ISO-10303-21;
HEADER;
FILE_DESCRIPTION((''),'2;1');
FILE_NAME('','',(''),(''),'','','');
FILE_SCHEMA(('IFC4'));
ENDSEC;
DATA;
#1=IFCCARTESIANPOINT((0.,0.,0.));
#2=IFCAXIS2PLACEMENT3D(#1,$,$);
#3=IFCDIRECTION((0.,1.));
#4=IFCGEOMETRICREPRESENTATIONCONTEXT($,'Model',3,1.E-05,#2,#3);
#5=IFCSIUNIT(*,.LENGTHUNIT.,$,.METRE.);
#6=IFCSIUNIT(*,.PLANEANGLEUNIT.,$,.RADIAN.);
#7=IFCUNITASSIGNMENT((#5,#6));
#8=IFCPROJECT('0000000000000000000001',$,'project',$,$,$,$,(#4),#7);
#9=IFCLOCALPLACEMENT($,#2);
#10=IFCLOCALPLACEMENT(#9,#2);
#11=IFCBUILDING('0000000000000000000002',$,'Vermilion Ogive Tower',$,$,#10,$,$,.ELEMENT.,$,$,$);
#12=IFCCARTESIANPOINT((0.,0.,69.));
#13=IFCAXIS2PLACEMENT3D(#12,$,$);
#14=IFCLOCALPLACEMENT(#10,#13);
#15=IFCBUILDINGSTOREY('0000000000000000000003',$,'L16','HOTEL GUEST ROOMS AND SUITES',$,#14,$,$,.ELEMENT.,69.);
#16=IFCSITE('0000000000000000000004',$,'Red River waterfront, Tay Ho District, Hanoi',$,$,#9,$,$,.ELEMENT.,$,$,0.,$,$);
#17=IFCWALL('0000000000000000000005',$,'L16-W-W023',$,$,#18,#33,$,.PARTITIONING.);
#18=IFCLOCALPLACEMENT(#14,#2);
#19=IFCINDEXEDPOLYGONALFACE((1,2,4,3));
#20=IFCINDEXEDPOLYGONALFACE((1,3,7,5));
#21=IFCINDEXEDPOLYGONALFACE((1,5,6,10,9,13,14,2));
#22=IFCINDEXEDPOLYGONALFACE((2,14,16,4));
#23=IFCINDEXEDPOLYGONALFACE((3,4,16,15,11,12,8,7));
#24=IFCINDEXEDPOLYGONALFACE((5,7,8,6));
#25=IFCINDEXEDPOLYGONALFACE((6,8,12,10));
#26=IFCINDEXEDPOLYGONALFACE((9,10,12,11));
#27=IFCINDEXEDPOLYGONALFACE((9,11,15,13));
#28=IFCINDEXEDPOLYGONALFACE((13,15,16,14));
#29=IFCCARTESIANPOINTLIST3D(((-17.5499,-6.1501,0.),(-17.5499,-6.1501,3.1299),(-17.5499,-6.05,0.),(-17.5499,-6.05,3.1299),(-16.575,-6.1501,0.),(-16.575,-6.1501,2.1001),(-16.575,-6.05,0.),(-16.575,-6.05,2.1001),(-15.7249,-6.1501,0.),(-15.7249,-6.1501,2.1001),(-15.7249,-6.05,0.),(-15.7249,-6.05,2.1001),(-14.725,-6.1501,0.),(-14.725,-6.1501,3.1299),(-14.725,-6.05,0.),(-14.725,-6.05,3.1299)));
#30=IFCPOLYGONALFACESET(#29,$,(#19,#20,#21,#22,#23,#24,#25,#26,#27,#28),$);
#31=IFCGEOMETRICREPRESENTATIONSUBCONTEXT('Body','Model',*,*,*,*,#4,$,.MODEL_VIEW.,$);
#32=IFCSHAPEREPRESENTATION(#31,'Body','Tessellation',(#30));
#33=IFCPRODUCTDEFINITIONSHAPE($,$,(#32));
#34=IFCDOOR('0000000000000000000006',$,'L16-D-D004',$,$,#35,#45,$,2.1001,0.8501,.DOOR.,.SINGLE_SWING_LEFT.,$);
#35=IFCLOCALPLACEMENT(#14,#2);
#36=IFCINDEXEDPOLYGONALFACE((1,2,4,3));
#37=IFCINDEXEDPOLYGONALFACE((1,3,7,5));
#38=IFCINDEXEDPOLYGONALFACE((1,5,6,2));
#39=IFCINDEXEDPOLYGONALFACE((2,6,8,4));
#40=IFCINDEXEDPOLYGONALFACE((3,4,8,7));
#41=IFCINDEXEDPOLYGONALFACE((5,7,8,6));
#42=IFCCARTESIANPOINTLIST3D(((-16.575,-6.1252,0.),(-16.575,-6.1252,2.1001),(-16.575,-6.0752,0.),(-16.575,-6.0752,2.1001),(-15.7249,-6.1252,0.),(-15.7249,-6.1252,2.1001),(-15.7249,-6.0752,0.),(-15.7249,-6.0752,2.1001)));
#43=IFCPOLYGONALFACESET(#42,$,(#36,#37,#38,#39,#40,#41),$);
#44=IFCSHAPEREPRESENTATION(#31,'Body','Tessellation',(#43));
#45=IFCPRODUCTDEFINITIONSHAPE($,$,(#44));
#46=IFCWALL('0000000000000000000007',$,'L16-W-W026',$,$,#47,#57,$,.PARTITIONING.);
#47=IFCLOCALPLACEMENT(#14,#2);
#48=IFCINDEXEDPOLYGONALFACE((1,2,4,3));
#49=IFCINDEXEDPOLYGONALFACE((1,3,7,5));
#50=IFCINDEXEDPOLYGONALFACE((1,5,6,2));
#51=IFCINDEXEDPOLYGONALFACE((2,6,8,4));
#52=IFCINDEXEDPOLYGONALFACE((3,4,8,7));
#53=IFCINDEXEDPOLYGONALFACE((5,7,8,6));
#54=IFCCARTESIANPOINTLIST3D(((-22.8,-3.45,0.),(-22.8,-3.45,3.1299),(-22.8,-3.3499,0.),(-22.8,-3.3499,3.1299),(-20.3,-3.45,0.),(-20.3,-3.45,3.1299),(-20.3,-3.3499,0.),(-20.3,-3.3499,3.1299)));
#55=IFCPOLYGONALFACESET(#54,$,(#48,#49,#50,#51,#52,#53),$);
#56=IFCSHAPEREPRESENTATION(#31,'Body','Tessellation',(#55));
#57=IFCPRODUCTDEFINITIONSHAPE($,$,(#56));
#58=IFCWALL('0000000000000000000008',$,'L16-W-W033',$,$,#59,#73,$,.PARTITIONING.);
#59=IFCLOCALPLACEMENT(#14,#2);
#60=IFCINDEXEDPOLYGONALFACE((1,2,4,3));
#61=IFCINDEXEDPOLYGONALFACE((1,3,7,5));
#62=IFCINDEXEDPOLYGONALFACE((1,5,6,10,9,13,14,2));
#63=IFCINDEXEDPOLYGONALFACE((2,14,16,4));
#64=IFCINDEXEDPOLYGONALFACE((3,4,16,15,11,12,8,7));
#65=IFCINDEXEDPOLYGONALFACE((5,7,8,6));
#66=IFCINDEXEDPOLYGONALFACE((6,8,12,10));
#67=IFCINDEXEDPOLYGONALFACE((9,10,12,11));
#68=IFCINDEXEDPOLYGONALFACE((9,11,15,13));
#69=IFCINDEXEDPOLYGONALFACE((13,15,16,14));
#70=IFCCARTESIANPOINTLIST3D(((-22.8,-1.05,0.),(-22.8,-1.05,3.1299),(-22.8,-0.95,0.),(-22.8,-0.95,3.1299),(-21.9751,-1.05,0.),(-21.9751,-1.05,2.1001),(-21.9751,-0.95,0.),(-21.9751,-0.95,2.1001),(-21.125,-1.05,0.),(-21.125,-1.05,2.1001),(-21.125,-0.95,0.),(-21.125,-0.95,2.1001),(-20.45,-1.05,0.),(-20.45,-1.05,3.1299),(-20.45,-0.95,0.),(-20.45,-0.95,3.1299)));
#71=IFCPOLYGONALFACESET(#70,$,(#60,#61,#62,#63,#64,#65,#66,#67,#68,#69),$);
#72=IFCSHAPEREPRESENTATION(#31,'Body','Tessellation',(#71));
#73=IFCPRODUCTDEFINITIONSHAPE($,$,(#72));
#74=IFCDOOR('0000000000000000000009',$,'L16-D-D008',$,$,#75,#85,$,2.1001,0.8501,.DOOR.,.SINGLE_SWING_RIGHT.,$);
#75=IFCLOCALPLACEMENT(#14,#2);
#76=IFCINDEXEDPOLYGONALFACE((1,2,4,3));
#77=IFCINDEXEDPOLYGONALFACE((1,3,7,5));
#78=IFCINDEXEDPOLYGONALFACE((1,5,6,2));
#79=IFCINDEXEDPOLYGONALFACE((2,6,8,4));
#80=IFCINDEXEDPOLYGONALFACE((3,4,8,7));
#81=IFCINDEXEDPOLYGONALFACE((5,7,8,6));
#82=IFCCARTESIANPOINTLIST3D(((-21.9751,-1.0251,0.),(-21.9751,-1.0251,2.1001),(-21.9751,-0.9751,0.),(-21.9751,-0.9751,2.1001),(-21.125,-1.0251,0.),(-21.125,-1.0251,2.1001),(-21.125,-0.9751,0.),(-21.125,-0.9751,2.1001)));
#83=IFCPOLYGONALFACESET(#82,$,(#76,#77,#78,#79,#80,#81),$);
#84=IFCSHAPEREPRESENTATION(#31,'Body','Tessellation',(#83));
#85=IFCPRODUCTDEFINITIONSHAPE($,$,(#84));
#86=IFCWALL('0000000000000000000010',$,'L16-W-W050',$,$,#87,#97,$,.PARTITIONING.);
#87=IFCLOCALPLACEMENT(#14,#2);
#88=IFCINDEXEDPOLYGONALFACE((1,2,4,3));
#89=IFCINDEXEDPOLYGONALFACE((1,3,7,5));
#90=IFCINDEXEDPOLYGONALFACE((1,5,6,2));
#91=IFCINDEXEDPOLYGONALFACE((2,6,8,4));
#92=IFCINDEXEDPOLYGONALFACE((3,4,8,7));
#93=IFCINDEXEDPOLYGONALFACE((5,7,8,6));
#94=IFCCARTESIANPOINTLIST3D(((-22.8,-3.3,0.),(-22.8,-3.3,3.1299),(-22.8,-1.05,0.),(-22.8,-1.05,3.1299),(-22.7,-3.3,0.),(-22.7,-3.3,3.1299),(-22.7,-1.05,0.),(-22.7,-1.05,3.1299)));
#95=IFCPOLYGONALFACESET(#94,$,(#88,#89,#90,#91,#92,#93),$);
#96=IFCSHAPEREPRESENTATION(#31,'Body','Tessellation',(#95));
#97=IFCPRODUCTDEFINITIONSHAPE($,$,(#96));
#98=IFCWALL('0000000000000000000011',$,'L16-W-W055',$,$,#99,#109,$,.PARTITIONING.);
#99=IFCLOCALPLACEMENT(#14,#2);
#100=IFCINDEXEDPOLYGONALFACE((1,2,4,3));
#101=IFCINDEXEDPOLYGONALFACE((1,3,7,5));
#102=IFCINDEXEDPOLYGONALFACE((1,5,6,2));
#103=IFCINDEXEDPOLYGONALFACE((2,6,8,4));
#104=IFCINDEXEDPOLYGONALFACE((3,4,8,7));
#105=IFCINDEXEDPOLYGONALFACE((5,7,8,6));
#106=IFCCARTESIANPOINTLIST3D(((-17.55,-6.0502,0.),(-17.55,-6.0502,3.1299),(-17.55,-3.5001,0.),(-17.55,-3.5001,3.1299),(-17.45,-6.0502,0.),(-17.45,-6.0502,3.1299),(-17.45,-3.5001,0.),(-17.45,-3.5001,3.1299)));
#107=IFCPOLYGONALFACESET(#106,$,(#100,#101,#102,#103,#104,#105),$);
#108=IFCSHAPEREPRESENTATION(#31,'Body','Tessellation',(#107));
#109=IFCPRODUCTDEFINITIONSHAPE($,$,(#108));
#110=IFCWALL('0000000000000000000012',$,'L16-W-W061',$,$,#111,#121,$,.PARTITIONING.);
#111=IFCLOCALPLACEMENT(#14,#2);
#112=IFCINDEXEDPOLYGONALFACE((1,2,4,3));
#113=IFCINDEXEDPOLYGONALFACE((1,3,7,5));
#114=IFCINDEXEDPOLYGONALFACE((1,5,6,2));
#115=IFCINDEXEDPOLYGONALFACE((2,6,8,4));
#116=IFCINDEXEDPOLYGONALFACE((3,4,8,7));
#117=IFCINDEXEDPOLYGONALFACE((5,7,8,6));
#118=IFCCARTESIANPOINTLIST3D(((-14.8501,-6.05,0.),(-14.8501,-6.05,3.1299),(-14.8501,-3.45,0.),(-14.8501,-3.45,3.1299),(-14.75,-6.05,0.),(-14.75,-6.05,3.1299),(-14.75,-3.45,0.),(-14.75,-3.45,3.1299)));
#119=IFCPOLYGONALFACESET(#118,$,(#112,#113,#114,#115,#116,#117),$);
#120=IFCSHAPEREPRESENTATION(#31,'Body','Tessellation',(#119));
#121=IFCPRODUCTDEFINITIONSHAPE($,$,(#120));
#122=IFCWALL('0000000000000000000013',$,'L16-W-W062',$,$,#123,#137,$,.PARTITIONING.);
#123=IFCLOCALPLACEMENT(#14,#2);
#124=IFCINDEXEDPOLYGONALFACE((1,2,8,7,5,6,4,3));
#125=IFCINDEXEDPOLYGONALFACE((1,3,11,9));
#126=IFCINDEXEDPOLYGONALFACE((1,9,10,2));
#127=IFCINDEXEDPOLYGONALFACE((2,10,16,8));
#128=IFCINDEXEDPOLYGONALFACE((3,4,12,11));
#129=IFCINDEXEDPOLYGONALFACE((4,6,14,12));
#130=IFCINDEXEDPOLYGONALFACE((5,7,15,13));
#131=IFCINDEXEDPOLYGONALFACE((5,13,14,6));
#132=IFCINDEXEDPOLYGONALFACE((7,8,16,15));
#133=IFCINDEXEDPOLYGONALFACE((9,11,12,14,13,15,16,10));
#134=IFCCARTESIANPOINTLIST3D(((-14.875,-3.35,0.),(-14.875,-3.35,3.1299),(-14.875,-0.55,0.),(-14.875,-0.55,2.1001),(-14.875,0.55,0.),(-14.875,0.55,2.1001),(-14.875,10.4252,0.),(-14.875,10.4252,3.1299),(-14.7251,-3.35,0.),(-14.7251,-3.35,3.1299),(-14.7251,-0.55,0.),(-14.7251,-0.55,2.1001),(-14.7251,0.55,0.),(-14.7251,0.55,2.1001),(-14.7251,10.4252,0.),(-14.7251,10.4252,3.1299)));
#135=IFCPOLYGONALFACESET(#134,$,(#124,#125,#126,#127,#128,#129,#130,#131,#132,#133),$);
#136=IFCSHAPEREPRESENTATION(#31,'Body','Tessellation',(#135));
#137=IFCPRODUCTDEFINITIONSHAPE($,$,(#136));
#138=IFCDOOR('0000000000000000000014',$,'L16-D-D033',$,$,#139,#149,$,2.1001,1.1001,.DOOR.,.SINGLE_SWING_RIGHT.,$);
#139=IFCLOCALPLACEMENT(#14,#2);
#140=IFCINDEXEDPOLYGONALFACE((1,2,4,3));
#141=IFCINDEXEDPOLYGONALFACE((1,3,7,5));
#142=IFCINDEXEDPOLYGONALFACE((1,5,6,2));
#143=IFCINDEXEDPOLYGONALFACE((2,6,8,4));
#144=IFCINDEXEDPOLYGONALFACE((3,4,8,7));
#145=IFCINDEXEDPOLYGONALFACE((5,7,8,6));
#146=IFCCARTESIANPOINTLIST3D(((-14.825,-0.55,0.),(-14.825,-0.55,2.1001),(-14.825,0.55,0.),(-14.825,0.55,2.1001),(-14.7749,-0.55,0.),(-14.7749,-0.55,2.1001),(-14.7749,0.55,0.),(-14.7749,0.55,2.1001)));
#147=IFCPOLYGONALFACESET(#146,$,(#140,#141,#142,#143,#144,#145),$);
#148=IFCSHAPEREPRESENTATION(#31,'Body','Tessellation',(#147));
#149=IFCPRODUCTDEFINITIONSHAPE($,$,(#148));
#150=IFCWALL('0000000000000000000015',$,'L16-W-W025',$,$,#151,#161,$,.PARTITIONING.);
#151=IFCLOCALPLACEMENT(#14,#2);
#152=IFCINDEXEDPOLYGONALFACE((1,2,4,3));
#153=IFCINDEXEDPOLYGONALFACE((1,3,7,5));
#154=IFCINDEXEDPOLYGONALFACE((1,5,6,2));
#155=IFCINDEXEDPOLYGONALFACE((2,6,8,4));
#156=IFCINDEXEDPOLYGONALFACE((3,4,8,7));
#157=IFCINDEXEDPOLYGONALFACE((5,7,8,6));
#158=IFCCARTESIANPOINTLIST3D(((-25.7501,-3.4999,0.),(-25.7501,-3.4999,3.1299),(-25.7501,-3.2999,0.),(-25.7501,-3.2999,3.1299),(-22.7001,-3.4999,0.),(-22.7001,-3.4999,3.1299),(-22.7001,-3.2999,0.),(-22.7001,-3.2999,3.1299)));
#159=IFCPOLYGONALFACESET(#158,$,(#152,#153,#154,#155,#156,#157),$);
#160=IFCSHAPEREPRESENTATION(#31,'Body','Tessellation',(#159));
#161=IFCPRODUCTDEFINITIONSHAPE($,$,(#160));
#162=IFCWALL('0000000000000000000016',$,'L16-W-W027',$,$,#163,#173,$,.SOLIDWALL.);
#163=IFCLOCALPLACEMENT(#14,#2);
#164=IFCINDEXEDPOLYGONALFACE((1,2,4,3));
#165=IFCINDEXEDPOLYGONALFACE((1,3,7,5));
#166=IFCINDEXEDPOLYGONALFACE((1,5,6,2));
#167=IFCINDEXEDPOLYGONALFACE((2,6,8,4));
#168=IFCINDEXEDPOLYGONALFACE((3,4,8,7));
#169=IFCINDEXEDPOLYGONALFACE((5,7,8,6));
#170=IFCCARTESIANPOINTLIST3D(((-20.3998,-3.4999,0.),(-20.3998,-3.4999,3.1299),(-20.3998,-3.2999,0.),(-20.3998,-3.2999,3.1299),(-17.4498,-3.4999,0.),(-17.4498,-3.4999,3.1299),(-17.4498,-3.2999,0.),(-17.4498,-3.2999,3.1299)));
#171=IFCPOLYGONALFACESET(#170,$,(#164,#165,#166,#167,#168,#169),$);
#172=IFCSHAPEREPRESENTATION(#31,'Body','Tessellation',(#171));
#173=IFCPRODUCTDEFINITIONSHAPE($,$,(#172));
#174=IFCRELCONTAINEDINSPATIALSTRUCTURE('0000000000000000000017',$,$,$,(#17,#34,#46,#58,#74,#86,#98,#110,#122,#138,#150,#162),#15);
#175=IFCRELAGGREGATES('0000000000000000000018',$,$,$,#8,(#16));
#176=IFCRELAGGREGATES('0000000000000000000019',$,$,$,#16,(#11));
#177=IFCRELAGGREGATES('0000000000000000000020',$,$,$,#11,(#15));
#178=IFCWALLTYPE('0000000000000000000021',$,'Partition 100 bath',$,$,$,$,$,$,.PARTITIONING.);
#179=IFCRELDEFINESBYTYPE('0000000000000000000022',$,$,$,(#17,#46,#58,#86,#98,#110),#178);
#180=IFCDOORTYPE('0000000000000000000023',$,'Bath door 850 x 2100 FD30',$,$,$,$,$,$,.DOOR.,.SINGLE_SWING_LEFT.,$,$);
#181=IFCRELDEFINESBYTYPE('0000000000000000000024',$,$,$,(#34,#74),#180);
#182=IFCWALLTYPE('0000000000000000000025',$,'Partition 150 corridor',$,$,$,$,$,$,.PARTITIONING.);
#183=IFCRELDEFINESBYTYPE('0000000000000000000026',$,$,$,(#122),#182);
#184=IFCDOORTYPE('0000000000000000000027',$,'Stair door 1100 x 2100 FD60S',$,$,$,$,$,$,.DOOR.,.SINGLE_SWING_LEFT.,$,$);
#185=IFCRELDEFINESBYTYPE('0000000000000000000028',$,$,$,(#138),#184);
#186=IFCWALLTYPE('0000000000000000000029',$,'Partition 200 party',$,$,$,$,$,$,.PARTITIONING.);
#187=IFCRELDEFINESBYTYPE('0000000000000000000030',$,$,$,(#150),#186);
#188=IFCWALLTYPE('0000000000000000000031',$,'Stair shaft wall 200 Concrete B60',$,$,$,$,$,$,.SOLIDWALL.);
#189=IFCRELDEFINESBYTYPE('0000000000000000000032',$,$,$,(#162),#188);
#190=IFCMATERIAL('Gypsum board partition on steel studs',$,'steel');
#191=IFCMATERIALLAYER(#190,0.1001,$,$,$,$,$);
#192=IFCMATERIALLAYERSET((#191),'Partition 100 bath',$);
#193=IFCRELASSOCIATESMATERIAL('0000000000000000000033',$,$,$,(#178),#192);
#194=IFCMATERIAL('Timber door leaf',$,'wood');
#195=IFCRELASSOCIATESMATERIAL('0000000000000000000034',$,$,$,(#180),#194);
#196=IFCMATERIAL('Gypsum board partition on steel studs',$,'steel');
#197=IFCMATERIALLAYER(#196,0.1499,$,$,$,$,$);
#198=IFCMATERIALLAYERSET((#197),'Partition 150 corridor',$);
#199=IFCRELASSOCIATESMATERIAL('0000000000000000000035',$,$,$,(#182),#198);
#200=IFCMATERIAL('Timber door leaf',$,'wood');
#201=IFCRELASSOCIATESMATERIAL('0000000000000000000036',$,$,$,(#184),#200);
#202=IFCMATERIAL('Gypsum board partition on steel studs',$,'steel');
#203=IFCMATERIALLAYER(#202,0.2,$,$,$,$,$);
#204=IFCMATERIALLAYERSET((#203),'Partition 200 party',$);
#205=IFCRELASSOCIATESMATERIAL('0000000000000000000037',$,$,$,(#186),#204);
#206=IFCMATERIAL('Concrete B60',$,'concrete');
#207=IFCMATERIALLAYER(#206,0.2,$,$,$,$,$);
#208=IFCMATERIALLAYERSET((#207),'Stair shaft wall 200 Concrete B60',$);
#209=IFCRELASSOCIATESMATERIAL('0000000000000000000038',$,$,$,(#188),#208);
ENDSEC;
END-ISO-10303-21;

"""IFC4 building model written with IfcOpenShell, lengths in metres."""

from ifc_helpers import new_model, si_unit, direction, frame, frame_2d, origin, place, context, subcontext, project, spatial, rectangle, extrude, material, layer, layer_set, type_object, element, fill, save


model = new_model("IFC4")

# Units and contexts
model_context = context("Model", 3, precision=1e-05, world=origin(), true_north=direction((0.0, 1.0)))
body_context = subcontext(model_context, "Body", "Model", "MODEL_VIEW")
ifc_project = project(units=[si_unit("LENGTHUNIT", "METRE"), si_unit("PLANEANGLEUNIT", "RADIAN")], contexts=[model_context])

# Site, building, storey
site_placement = place(None, origin())
site = spatial("IfcSite", under=ifc_project, at=site_placement, Name="Red River waterfront, Tay Ho District, Hanoi", CompositionType="ELEMENT", RefElevation=0.0)
building_placement = place(site_placement, origin())
building = spatial("IfcBuilding", under=site, at=building_placement, Name="Vermilion Ogive Tower", CompositionType="ELEMENT")
storey_placement = place(building_placement, frame((0.0, 0.0, 69.0)))
storey = spatial("IfcBuildingStorey", under=building, at=storey_placement, Name="L16", Description="HOTEL GUEST ROOMS AND SUITES", CompositionType="ELEMENT", Elevation=69.0)

# Wall, opening, door
ifc_material_1 = material(Name="Gypsum board partition on steel studs", Category="steel")
ifc_layer_1 = layer(ifc_material_1, 0.1001)
ifc_layer_set_1 = layer_set([ifc_layer_1], Name="Partition 100 bath")
wall_type_1 = type_object("IfcWallType", Name="Partition 100 bath", PredefinedType="PARTITIONING", material=ifc_layer_set_1)
wall_1_placement = place(storey_placement, frame((-17.55, -6.1001, 0.0), z_axis=(0.0, 0.0, 1.0), x_axis=(1.0, 0.0, 0.0)))
wall_1 = element("IfcWall", 1, at=wall_1_placement, inside=storey, type_object=wall_type_1, Name="L16-W-W023", PredefinedType="PARTITIONING", context=body_context, shape_type="SweptSolid", body=[
    extrude(rectangle(XDim=2.825, YDim=0.1001, at=frame_2d((1.4126, 0.0))), origin(), (0.0, 0.0, 1.0), 3.1299),
])
opening_1_placement = place(wall_1_placement, frame((0.9751, 0.0, 0.0)))
opening_1 = element("IfcOpeningElement", 2, at=opening_1_placement, cuts=wall_1, PredefinedType="OPENING", context=body_context, shape_type="SweptSolid", body=[
    extrude(rectangle(XDim=0.8501, YDim=2.1001, at=frame_2d((0.425, 1.05))), frame((0.0, 0.0601, 0.0), z_axis=(0.0, -1.0, 0.0), x_axis=(1.0, 0.0, 0.0)), (0.0, 0.0, 1.0), 0.1201),
])
ifc_material_2 = material(Name="Timber door leaf", Category="wood")
door_type_1 = type_object("IfcDoorType", Name="Bath door 850 x 2100 FD30", OperationType="SINGLE_SWING_LEFT", PredefinedType="DOOR", material=ifc_material_2)
door_1_placement = place(opening_1_placement, origin())
door_1 = element("IfcDoor", 3, at=door_1_placement, inside=storey, type_object=door_type_1, Name="L16-D-D004", OperationType="SINGLE_SWING_LEFT", OverallHeight=2.1001, OverallWidth=0.8501, PredefinedType="DOOR", context=body_context, shape_type="SweptSolid", body=[
    extrude(rectangle(XDim=0.8501, YDim=2.1001, at=frame_2d((0.425, 1.05))), frame((0.0, 0.0249, 0.0), z_axis=(0.0, -1.0, 0.0), x_axis=(1.0, 0.0, 0.0)), (0.0, 0.0, 1.0), 0.05),
])
fill(opening_1, door_1)

# Wall
wall_2_placement = place(storey_placement, frame((-22.8, -3.3999, 0.0), z_axis=(0.0, 0.0, 1.0), x_axis=(1.0, 0.0, 0.0)))
element("IfcWall", 4, at=wall_2_placement, inside=storey, type_object=wall_type_1, Name="L16-W-W026", PredefinedType="PARTITIONING", context=body_context, shape_type="SweptSolid", body=[
    extrude(rectangle(XDim=2.5, YDim=0.1001, at=frame_2d((1.25, 0.0))), origin(), (0.0, 0.0, 1.0), 3.1299),
])

# Wall, opening, door
wall_3_placement = place(storey_placement, frame((-22.8, -1.0, 0.0), z_axis=(0.0, 0.0, 1.0), x_axis=(1.0, 0.0, 0.0)))
wall_3 = element("IfcWall", 5, at=wall_3_placement, inside=storey, type_object=wall_type_1, Name="L16-W-W033", PredefinedType="PARTITIONING", context=body_context, shape_type="SweptSolid", body=[
    extrude(rectangle(XDim=2.3501, YDim=0.1001, at=frame_2d((1.175, 0.0))), origin(), (0.0, 0.0, 1.0), 3.1299),
])
opening_2_placement = place(wall_3_placement, frame((0.825, 0.0, 0.0)))
opening_2 = element("IfcOpeningElement", 6, at=opening_2_placement, cuts=wall_3, PredefinedType="OPENING", context=body_context, shape_type="SweptSolid", body=[
    extrude(rectangle(XDim=0.8501, YDim=2.1001, at=frame_2d((0.425, 1.05))), frame((0.0, 0.0601, 0.0), z_axis=(0.0, -1.0, 0.0), x_axis=(1.0, 0.0, 0.0)), (0.0, 0.0, 1.0), 0.1201),
])
door_2_placement = place(opening_2_placement, origin())
door_2 = element("IfcDoor", 7, at=door_2_placement, inside=storey, type_object=door_type_1, Name="L16-D-D008", OperationType="SINGLE_SWING_RIGHT", OverallHeight=2.1001, OverallWidth=0.8501, PredefinedType="DOOR", context=body_context, shape_type="SweptSolid", body=[
    extrude(rectangle(XDim=0.8501, YDim=2.1001, at=frame_2d((0.425, 1.05))), frame((0.0, 0.0249, 0.0), z_axis=(0.0, -1.0, 0.0), x_axis=(1.0, 0.0, 0.0)), (0.0, 0.0, 1.0), 0.05),
])
fill(opening_2, door_2)

# Walls
wall_4_placement = place(storey_placement, frame((-22.75, -3.3, 0.0), z_axis=(0.0, 0.0, 1.0), x_axis=(0.0, 1.0, 0.0)))
element("IfcWall", 8, at=wall_4_placement, inside=storey, type_object=wall_type_1, Name="L16-W-W050", PredefinedType="PARTITIONING", context=body_context, shape_type="SweptSolid", body=[
    extrude(rectangle(XDim=2.25, YDim=0.1001, at=frame_2d((1.125, 0.0))), origin(), (0.0, 0.0, 1.0), 3.1299),
])
wall_5_placement = place(storey_placement, frame((-17.5, -6.05, 0.0), z_axis=(0.0, 0.0, 1.0), x_axis=(0.0, 1.0, 0.0)))
element("IfcWall", 9, at=wall_5_placement, inside=storey, type_object=wall_type_1, Name="L16-W-W055", PredefinedType="PARTITIONING", context=body_context, shape_type="SweptSolid", body=[
    extrude(rectangle(XDim=2.55, YDim=0.1001, at=frame_2d((1.2749, 0.0))), origin(), (0.0, 0.0, 1.0), 3.1299),
])
wall_6_placement = place(storey_placement, frame((-14.8, -6.05, 0.0), z_axis=(0.0, 0.0, 1.0), x_axis=(0.0, 1.0, 0.0)))
element("IfcWall", 10, at=wall_6_placement, inside=storey, type_object=wall_type_1, Name="L16-W-W061", PredefinedType="PARTITIONING", context=body_context, shape_type="SweptSolid", body=[
    extrude(rectangle(XDim=2.6001, YDim=0.1001, at=frame_2d((1.3, 0.0))), origin(), (0.0, 0.0, 1.0), 3.1299),
])

# Wall, opening, door
ifc_material_3 = material(Name="Gypsum board partition on steel studs", Category="steel")
ifc_layer_2 = layer(ifc_material_3, 0.1499)
ifc_layer_set_2 = layer_set([ifc_layer_2], Name="Partition 150 corridor")
wall_type_2 = type_object("IfcWallType", Name="Partition 150 corridor", PredefinedType="PARTITIONING", material=ifc_layer_set_2)
wall_7_placement = place(storey_placement, frame((-14.8, -3.3501, 0.0), z_axis=(0.0, 0.0, 1.0), x_axis=(0.0, 1.0, 0.0)))
wall_7 = element("IfcWall", 11, at=wall_7_placement, inside=storey, type_object=wall_type_2, Name="L16-W-W062", PredefinedType="PARTITIONING", context=body_context, shape_type="SweptSolid", body=[
    extrude(rectangle(XDim=13.7751, YDim=0.1499, at=frame_2d((6.8877, 0.0))), origin(), (0.0, 0.0, 1.0), 3.1299),
])
opening_3_placement = place(wall_7_placement, frame((2.8, 0.0, 0.0)))
opening_3 = element("IfcOpeningElement", 12, at=opening_3_placement, cuts=wall_7, PredefinedType="OPENING", context=body_context, shape_type="SweptSolid", body=[
    extrude(rectangle(XDim=1.1001, YDim=2.1001, at=frame_2d((0.55, 1.05))), frame((0.0, 0.085, 0.0), z_axis=(0.0, -1.0, 0.0), x_axis=(1.0, 0.0, 0.0)), (0.0, 0.0, 1.0), 0.1699),
])
ifc_material_4 = material(Name="Timber door leaf", Category="wood")
door_type_2 = type_object("IfcDoorType", Name="Stair door 1100 x 2100 FD60S", OperationType="SINGLE_SWING_LEFT", PredefinedType="DOOR", material=ifc_material_4)
door_3_placement = place(opening_3_placement, origin())
door_3 = element("IfcDoor", 13, at=door_3_placement, inside=storey, type_object=door_type_2, Name="L16-D-D033", OperationType="SINGLE_SWING_RIGHT", OverallHeight=2.1001, OverallWidth=1.1001, PredefinedType="DOOR", context=body_context, shape_type="SweptSolid", body=[
    extrude(rectangle(XDim=1.1001, YDim=2.1001, at=frame_2d((0.55, 1.05))), frame((0.0, 0.0249, 0.0), z_axis=(0.0, -1.0, 0.0), x_axis=(1.0, 0.0, 0.0)), (0.0, 0.0, 1.0), 0.05),
])
fill(opening_3, door_3)

# Walls
ifc_material_5 = material(Name="Gypsum board partition on steel studs", Category="steel")
ifc_layer_3 = layer(ifc_material_5, 0.2)
ifc_layer_set_3 = layer_set([ifc_layer_3], Name="Partition 200 party")
wall_type_3 = type_object("IfcWallType", Name="Partition 200 party", PredefinedType="PARTITIONING", material=ifc_layer_set_3)
wall_8_placement = place(storey_placement, frame((-25.75, -3.3999, 0.0), z_axis=(0.0, 0.0, 1.0), x_axis=(1.0, 0.0, 0.0)))
element("IfcWall", 14, at=wall_8_placement, inside=storey, type_object=wall_type_3, Name="L16-W-W025", PredefinedType="PARTITIONING", context=body_context, shape_type="SweptSolid", body=[
    extrude(rectangle(XDim=3.05, YDim=0.2, at=frame_2d((1.5249, 0.0))), origin(), (0.0, 0.0, 1.0), 3.1299),
])
ifc_material_6 = material(Name="Concrete B60", Category="concrete")
ifc_layer_4 = layer(ifc_material_6, 0.2)
ifc_layer_set_4 = layer_set([ifc_layer_4], Name="Stair shaft wall 200 Concrete B60")
wall_type_4 = type_object("IfcWallType", Name="Stair shaft wall 200 Concrete B60", PredefinedType="SOLIDWALL", material=ifc_layer_set_4)
wall_9_placement = place(storey_placement, frame((-20.3999, -3.3999, 0.0), z_axis=(0.0, 0.0, 1.0), x_axis=(1.0, 0.0, 0.0)))
element("IfcWall", 15, at=wall_9_placement, inside=storey, type_object=wall_type_4, Name="L16-W-W027", PredefinedType="SOLIDWALL", context=body_context, shape_type="SweptSolid", body=[
    extrude(rectangle(XDim=2.95, YDim=0.2, at=frame_2d((1.4751, 0.0))), origin(), (0.0, 0.0, 1.0), 3.1299),
])

save(model, "model.ifc")
